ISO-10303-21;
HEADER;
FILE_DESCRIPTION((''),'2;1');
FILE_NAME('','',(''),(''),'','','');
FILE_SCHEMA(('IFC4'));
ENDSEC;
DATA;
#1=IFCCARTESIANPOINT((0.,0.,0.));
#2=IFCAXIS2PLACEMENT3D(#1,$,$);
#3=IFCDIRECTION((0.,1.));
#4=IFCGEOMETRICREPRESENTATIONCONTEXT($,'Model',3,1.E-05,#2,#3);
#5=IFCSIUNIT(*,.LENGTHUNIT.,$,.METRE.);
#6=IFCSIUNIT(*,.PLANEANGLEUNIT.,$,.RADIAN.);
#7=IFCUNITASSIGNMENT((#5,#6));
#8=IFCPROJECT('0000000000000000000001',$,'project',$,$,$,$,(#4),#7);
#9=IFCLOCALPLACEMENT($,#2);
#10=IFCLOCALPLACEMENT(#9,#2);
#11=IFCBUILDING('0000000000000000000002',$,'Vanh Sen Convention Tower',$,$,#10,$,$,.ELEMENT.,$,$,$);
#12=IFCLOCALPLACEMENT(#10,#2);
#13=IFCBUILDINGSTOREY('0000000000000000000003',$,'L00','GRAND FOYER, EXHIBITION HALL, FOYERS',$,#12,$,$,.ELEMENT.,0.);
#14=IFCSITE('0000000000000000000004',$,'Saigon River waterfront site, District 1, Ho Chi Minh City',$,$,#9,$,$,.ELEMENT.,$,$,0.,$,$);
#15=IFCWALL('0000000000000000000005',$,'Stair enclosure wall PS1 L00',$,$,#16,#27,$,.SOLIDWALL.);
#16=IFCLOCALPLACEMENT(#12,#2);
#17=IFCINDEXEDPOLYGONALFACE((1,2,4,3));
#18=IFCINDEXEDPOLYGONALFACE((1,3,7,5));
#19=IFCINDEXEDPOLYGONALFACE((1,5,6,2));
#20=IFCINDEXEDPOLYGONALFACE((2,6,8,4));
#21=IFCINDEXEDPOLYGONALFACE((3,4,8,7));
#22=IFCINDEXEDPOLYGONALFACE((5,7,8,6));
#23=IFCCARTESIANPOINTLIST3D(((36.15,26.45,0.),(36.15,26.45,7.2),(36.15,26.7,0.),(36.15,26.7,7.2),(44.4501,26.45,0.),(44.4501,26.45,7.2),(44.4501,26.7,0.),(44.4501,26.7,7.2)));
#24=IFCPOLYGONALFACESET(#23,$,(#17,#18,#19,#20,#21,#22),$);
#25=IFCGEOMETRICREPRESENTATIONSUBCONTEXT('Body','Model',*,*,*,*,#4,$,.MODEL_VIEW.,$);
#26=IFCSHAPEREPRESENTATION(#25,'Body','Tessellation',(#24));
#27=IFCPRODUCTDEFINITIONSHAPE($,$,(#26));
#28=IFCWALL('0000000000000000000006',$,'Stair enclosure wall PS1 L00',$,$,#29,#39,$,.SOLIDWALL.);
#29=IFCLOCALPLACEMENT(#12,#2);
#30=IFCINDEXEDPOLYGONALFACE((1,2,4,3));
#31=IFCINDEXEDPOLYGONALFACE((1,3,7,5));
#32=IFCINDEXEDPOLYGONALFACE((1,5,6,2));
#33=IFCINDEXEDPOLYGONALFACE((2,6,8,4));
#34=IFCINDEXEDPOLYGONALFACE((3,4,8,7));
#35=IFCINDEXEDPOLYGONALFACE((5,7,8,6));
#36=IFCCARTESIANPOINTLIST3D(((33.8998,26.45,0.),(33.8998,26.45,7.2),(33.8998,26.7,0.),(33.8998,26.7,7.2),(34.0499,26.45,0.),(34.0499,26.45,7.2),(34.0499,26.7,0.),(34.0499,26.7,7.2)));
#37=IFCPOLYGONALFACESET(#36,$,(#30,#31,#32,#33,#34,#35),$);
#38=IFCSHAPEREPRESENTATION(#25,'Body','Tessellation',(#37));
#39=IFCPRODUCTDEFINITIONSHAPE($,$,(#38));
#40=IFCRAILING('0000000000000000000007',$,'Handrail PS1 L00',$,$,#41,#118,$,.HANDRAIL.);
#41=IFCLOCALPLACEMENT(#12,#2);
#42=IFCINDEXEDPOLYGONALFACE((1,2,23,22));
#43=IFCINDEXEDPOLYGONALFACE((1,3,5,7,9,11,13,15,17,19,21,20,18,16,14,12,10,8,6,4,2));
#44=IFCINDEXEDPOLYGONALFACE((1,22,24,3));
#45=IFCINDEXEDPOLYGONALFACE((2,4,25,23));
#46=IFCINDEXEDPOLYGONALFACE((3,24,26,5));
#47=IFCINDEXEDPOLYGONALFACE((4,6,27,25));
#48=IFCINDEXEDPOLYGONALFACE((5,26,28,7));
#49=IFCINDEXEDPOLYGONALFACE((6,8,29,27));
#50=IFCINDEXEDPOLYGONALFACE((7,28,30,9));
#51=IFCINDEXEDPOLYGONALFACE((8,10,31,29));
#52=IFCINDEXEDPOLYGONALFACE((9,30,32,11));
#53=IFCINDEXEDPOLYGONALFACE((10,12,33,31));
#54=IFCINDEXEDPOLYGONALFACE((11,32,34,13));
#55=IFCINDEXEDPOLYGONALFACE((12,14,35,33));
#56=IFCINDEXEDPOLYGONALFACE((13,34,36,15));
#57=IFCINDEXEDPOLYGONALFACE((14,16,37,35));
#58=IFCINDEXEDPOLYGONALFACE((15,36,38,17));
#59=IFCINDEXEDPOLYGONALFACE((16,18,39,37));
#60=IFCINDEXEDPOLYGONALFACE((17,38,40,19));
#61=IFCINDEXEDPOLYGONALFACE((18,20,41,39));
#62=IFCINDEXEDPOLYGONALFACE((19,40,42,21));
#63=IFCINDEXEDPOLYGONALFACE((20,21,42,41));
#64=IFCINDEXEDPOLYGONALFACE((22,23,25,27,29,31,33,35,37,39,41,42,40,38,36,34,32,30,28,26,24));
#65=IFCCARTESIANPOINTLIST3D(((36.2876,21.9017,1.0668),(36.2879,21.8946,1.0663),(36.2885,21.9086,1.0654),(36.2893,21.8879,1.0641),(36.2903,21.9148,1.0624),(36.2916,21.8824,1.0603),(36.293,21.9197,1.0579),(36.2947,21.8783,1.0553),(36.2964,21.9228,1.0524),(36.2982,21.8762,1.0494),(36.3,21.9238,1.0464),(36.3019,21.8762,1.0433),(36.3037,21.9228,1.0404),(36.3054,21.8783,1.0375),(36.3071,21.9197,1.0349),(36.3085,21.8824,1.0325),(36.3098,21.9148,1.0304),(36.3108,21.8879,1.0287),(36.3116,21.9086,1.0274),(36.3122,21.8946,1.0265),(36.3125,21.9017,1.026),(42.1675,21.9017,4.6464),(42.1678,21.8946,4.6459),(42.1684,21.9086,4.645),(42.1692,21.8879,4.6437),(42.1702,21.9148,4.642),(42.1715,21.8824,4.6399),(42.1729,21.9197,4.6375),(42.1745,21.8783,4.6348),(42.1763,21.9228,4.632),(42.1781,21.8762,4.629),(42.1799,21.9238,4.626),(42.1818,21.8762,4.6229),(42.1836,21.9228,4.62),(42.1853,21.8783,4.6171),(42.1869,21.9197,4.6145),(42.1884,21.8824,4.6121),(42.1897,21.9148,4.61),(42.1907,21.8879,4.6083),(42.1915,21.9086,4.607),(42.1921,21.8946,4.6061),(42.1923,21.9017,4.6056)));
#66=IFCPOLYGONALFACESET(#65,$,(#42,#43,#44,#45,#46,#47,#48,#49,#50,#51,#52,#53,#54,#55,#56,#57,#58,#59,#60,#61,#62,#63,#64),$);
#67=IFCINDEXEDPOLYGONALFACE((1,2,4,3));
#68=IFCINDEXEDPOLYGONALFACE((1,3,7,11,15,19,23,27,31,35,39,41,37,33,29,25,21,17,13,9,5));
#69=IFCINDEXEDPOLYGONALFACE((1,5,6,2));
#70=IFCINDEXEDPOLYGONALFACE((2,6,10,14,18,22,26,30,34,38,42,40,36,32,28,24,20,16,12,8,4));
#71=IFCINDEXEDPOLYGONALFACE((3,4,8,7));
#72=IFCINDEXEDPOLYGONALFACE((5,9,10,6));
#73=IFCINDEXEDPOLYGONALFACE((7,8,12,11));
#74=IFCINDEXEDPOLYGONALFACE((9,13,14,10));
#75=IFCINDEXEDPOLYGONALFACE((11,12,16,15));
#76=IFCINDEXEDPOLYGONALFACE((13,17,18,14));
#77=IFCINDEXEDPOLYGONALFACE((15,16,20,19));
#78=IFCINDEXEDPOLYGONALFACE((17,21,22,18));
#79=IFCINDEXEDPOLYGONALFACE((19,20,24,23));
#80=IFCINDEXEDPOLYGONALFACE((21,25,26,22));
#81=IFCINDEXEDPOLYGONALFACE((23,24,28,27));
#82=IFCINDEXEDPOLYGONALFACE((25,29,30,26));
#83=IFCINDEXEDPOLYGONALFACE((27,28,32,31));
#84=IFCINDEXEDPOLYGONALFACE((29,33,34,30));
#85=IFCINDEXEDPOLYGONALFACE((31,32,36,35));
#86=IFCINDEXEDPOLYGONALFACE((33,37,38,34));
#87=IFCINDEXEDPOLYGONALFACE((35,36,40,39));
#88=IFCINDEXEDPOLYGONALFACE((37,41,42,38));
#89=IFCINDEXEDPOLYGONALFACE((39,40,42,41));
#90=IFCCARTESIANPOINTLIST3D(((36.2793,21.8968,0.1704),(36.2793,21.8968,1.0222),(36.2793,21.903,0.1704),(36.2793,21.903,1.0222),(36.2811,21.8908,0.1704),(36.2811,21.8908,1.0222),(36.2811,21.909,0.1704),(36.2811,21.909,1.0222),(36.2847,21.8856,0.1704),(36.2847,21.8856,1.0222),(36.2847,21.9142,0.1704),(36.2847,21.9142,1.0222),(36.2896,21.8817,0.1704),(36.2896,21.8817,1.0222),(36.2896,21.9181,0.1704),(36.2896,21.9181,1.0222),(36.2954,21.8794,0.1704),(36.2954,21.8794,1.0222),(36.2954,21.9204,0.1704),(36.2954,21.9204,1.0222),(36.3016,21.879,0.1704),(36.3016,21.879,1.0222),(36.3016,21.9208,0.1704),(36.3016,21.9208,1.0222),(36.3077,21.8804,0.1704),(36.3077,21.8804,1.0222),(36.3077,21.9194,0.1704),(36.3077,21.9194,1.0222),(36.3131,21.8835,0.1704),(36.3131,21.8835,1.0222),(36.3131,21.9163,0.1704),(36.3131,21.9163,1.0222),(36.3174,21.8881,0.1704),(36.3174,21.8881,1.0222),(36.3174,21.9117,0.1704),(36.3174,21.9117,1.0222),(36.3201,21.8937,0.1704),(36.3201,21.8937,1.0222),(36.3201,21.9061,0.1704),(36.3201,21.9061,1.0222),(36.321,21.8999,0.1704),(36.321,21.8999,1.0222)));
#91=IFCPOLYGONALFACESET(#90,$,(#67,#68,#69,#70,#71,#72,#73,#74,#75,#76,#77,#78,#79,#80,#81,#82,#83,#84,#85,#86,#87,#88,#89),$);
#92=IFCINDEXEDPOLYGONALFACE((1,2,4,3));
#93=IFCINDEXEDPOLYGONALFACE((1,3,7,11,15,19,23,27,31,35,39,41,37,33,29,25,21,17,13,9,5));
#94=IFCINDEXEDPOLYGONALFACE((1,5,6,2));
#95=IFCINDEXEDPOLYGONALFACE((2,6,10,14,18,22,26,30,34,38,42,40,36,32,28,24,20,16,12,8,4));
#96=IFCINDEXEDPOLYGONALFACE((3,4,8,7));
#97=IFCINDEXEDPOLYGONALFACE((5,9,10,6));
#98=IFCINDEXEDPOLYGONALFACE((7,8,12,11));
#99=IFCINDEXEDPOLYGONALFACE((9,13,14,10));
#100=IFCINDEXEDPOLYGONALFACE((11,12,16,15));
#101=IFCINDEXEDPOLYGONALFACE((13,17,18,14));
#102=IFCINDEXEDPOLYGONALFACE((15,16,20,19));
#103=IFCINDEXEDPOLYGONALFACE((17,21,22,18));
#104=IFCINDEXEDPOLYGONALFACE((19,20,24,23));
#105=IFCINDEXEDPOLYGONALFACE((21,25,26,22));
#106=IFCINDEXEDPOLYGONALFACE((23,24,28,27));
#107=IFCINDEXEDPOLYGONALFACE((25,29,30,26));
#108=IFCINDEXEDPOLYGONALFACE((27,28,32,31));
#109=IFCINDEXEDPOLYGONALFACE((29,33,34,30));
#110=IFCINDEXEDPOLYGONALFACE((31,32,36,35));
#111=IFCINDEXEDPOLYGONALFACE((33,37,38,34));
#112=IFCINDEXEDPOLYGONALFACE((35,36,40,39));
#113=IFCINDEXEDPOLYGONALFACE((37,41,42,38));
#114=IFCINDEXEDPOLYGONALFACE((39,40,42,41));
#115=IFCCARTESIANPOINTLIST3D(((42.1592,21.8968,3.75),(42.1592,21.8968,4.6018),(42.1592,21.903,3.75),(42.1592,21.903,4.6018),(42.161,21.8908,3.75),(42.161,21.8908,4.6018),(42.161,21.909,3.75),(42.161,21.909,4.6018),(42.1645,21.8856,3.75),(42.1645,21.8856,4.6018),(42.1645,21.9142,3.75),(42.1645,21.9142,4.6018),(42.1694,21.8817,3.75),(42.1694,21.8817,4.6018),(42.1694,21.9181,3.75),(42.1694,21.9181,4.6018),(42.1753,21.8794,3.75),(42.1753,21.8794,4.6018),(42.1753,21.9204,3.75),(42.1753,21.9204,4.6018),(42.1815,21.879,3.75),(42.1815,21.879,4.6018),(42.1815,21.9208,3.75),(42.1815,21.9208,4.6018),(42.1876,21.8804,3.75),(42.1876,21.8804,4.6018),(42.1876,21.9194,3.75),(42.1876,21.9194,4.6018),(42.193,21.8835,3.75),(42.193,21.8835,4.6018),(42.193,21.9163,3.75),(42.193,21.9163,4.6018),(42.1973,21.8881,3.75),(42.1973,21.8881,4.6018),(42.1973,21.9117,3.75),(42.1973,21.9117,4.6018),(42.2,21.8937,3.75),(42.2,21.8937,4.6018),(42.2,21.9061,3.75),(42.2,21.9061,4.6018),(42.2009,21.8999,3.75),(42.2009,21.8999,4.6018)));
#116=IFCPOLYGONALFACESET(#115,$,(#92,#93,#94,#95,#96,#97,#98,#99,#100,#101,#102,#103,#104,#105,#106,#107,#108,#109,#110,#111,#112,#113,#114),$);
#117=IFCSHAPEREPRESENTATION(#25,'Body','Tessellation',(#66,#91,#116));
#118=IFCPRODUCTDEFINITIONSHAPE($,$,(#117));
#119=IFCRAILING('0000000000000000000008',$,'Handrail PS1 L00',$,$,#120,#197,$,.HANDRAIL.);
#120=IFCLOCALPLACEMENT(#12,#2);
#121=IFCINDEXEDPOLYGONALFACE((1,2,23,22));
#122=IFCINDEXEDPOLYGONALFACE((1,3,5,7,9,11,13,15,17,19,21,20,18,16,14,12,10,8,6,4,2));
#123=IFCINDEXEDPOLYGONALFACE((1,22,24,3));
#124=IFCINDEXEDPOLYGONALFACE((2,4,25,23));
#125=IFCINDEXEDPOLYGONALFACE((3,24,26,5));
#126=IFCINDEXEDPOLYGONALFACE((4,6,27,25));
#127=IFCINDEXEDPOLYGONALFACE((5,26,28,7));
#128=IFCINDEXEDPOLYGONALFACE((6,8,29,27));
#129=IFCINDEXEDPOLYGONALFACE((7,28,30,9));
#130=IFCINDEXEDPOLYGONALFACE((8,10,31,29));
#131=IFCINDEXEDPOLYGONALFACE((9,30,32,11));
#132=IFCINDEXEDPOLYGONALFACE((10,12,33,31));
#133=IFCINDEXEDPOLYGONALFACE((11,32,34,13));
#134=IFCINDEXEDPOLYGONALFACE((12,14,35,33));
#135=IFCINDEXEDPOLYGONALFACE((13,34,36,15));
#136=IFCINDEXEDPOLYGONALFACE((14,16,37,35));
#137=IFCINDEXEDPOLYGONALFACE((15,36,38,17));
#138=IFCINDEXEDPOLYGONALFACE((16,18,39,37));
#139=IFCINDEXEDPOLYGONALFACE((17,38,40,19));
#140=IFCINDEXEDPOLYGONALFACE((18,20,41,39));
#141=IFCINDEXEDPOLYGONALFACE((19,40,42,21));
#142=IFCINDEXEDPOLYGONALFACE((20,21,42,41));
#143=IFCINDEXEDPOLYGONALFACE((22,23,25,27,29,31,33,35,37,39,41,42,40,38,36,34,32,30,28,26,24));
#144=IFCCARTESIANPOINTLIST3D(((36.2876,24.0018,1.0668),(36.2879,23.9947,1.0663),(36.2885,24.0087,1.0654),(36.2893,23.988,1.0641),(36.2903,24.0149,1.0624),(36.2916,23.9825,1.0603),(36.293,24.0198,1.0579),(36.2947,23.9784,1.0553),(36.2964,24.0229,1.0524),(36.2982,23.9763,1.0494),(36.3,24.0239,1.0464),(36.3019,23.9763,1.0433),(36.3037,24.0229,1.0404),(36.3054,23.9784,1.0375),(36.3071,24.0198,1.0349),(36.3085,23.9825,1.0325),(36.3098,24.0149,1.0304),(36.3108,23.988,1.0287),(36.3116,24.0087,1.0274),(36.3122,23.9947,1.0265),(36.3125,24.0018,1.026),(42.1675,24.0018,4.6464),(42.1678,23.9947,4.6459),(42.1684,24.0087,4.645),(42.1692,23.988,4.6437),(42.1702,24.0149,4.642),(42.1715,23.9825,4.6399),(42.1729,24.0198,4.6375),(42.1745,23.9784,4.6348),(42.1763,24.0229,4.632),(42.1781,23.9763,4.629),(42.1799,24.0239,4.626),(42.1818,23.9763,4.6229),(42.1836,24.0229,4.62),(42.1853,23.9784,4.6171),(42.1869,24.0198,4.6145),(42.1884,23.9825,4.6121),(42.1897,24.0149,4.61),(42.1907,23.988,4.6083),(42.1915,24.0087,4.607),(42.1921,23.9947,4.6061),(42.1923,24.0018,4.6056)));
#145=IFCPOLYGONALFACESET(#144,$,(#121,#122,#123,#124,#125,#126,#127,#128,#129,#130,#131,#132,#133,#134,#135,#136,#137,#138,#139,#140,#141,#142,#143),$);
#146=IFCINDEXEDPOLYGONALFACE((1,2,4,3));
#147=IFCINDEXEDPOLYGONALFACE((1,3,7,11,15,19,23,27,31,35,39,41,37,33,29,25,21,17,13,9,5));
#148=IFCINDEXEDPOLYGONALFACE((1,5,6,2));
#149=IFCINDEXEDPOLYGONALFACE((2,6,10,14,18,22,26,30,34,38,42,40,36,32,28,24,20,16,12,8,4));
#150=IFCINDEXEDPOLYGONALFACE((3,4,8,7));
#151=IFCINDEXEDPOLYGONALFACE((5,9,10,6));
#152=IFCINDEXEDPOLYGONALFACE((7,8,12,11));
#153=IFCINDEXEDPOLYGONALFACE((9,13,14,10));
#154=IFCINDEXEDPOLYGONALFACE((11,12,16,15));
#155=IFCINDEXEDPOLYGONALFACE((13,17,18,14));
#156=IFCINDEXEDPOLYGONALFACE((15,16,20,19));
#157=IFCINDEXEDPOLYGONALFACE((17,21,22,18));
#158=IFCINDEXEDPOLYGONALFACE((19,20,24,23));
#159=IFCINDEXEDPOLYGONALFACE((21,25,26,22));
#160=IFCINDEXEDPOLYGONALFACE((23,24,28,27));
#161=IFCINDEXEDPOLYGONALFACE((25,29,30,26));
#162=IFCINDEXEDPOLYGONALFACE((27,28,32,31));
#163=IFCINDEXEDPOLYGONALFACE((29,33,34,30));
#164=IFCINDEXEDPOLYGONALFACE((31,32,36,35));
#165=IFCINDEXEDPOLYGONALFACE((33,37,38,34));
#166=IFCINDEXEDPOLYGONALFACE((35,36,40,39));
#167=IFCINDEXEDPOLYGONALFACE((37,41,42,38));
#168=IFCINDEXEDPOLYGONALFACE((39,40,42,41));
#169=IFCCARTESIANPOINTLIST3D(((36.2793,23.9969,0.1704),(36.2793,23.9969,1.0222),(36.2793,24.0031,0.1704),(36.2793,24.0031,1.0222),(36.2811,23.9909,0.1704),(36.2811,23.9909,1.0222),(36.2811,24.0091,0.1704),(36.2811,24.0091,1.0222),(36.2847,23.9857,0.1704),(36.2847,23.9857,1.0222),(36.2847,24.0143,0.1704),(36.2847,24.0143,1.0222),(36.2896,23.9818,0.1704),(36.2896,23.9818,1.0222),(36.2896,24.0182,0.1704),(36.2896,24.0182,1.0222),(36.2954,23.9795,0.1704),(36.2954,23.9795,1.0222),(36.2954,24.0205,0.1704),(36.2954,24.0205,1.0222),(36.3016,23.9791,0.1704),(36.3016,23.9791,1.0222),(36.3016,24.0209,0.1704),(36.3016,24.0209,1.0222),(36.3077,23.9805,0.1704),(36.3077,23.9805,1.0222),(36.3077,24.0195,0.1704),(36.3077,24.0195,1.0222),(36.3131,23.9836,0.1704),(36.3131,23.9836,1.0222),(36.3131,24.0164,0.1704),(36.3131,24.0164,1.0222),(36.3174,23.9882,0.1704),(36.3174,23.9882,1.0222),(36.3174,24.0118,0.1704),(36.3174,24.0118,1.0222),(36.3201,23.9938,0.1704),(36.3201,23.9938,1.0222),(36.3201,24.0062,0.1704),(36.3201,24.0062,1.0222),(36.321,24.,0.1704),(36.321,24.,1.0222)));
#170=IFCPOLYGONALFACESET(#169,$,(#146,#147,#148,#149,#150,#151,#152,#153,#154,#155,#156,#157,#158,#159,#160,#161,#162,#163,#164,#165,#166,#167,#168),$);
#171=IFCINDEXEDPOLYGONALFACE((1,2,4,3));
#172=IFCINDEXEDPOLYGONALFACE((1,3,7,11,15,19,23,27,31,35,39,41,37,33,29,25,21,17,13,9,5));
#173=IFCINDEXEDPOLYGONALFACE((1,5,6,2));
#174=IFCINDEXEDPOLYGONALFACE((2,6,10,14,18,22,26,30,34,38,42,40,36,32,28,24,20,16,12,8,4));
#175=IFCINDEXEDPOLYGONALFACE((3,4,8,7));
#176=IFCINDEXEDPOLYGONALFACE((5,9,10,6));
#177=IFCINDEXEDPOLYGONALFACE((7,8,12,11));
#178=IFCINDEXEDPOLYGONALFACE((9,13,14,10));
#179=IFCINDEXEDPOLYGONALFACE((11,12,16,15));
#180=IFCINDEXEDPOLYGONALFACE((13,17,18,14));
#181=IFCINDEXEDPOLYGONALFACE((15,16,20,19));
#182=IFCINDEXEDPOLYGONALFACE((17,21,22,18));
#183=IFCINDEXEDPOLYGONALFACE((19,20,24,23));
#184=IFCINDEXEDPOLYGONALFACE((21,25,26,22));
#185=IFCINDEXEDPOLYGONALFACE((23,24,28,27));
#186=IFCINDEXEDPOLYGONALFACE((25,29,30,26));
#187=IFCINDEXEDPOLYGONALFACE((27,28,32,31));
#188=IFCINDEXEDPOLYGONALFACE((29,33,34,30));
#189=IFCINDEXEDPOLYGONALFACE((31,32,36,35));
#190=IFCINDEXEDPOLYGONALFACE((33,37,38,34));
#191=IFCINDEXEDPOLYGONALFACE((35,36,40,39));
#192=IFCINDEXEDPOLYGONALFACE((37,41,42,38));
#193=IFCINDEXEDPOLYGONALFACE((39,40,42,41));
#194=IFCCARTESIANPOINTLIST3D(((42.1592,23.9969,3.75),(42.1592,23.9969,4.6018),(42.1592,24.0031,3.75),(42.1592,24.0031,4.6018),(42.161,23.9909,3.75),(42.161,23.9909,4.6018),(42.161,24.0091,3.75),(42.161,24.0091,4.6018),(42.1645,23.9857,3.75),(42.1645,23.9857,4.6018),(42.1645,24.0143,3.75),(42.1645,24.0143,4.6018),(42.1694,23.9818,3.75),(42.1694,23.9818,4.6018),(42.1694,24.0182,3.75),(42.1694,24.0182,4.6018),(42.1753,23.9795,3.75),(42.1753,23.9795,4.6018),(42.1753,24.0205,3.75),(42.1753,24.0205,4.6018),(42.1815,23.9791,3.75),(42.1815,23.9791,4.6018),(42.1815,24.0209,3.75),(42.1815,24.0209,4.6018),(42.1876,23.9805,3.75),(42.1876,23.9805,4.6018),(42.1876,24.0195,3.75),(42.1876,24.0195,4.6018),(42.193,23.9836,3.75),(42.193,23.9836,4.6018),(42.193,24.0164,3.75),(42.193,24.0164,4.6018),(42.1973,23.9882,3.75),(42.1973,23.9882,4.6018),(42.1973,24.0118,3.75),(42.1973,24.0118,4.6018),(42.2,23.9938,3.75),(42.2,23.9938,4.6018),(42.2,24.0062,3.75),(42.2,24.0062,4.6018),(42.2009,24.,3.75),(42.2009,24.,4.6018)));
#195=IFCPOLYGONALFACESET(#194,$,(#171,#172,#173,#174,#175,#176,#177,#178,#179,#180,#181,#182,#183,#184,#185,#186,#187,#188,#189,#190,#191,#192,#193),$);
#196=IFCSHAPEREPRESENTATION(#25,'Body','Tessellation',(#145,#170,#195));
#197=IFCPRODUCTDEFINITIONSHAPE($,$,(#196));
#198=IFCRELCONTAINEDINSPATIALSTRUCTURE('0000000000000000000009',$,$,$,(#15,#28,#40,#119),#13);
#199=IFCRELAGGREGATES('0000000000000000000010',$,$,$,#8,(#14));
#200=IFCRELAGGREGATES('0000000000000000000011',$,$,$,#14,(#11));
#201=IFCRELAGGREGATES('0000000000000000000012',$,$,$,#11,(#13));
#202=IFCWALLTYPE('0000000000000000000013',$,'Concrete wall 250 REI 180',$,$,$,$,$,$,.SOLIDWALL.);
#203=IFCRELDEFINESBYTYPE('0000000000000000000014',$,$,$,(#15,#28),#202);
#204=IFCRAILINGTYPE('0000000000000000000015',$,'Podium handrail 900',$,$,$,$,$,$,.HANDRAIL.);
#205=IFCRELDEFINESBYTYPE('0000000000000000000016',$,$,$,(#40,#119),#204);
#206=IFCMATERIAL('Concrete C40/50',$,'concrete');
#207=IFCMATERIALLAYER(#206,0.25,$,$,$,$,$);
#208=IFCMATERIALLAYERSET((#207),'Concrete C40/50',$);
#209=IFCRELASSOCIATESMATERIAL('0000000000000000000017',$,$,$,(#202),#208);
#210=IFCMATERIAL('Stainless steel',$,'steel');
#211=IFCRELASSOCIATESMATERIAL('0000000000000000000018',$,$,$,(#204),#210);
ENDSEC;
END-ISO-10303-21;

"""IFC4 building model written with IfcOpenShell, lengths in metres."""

from ifc_helpers import new_model, si_unit, direction, frame, frame_2d, origin, origin_2d, place, context, subcontext, project, spatial, rectangle, circle, extrude, material, layer, layer_set, type_object, element, save


model = new_model("IFC4")

# Units and contexts
model_context = context("Model", 3, precision=1e-05, world=origin(), true_north=direction((0.0, 1.0)))
body_context = subcontext(model_context, "Body", "Model", "MODEL_VIEW")
ifc_project = project(units=[si_unit("LENGTHUNIT", "METRE"), si_unit("PLANEANGLEUNIT", "RADIAN")], contexts=[model_context])

# Site, building, storey
site_placement = place(None, origin())
site = spatial("IfcSite", under=ifc_project, at=site_placement, Name="Saigon River waterfront site, District 1, Ho Chi Minh City", CompositionType="ELEMENT", RefElevation=0.0)
building_placement = place(site_placement, origin())
building = spatial("IfcBuilding", under=site, at=building_placement, Name="Vanh Sen Convention Tower", CompositionType="ELEMENT")
storey_placement = place(building_placement, origin())
storey = spatial("IfcBuildingStorey", under=building, at=storey_placement, Name="L00", Description="GRAND FOYER, EXHIBITION HALL, FOYERS", CompositionType="ELEMENT", Elevation=0.0)

# Shared definitions
ifc_material_1 = material(Name="Concrete C40/50", Category="concrete")

# Walls
ifc_layer_1 = layer(ifc_material_1, 0.25)
ifc_layer_set_1 = layer_set([ifc_layer_1], Name="Concrete C40/50")
wall_type_1 = type_object("IfcWallType", Name="Concrete wall 250 REI 180", PredefinedType="SOLIDWALL", material=ifc_layer_set_1)
wall_1_placement = place(storey_placement, frame((44.45, 26.575, 0.0), z_axis=(0.0, 0.0, 1.0), x_axis=(-1.0, 0.0, 0.0)))
element("IfcWall", 1, at=wall_1_placement, inside=storey, type_object=wall_type_1, Name="Stair enclosure wall PS1 L00", PredefinedType="SOLIDWALL", context=body_context, shape_type="SweptSolid", body=[
    extrude(rectangle(XDim=8.3, YDim=0.25, at=frame_2d((4.1499, 0.0))), origin(), (0.0, 0.0, 1.0), 7.2),
])
wall_2_placement = place(storey_placement, frame((34.05, 26.575, 0.0), z_axis=(0.0, 0.0, 1.0), x_axis=(-1.0, 0.0, 0.0)))
element("IfcWall", 2, at=wall_2_placement, inside=storey, type_object=wall_type_1, Name="Stair enclosure wall PS1 L00", PredefinedType="SOLIDWALL", context=body_context, shape_type="SweptSolid", body=[
    extrude(rectangle(XDim=0.1501, YDim=0.25, at=frame_2d((0.0752, 0.0))), origin(), (0.0, 0.0, 1.0), 7.2),
])

# Railings
ifc_material_2 = material(Name="Stainless steel", Category="steel")
railing_type = type_object("IfcRailingType", Name="Podium handrail 900", PredefinedType="HANDRAIL", material=ifc_material_2)
for number, where, name in (
    (3, (36.3, 21.8999, 0.1704), "Handrail PS1 L00"),
    (4, (36.3, 24.0, 0.1704), "Handrail PS1 L00"),
):
    element("IfcRailing", number, at=place(storey_placement, frame(where)), inside=storey, type_object=railing_type, Name=name, PredefinedType="HANDRAIL", context=body_context, shape_type="SweptSolid", body=[
        extrude(circle(Radius=0.0239, at=origin_2d()), frame((0.0, 0.0, 0.876), z_axis=(0.854164, 0.0, 0.520003), x_axis=(0.0, 1.0, 0.0)), (0.0, 0.0, 1.0), 6.8838),
        extrude(circle(Radius=0.021, at=origin_2d()), origin(), (0.0, 0.0, 1.0), 0.8518),
        extrude(circle(Radius=0.021, at=origin_2d()), frame((5.8799, 0.0, 3.5796)), (0.0, 0.0, 1.0), 0.8518),
    ])

save(model, "model.ifc")
